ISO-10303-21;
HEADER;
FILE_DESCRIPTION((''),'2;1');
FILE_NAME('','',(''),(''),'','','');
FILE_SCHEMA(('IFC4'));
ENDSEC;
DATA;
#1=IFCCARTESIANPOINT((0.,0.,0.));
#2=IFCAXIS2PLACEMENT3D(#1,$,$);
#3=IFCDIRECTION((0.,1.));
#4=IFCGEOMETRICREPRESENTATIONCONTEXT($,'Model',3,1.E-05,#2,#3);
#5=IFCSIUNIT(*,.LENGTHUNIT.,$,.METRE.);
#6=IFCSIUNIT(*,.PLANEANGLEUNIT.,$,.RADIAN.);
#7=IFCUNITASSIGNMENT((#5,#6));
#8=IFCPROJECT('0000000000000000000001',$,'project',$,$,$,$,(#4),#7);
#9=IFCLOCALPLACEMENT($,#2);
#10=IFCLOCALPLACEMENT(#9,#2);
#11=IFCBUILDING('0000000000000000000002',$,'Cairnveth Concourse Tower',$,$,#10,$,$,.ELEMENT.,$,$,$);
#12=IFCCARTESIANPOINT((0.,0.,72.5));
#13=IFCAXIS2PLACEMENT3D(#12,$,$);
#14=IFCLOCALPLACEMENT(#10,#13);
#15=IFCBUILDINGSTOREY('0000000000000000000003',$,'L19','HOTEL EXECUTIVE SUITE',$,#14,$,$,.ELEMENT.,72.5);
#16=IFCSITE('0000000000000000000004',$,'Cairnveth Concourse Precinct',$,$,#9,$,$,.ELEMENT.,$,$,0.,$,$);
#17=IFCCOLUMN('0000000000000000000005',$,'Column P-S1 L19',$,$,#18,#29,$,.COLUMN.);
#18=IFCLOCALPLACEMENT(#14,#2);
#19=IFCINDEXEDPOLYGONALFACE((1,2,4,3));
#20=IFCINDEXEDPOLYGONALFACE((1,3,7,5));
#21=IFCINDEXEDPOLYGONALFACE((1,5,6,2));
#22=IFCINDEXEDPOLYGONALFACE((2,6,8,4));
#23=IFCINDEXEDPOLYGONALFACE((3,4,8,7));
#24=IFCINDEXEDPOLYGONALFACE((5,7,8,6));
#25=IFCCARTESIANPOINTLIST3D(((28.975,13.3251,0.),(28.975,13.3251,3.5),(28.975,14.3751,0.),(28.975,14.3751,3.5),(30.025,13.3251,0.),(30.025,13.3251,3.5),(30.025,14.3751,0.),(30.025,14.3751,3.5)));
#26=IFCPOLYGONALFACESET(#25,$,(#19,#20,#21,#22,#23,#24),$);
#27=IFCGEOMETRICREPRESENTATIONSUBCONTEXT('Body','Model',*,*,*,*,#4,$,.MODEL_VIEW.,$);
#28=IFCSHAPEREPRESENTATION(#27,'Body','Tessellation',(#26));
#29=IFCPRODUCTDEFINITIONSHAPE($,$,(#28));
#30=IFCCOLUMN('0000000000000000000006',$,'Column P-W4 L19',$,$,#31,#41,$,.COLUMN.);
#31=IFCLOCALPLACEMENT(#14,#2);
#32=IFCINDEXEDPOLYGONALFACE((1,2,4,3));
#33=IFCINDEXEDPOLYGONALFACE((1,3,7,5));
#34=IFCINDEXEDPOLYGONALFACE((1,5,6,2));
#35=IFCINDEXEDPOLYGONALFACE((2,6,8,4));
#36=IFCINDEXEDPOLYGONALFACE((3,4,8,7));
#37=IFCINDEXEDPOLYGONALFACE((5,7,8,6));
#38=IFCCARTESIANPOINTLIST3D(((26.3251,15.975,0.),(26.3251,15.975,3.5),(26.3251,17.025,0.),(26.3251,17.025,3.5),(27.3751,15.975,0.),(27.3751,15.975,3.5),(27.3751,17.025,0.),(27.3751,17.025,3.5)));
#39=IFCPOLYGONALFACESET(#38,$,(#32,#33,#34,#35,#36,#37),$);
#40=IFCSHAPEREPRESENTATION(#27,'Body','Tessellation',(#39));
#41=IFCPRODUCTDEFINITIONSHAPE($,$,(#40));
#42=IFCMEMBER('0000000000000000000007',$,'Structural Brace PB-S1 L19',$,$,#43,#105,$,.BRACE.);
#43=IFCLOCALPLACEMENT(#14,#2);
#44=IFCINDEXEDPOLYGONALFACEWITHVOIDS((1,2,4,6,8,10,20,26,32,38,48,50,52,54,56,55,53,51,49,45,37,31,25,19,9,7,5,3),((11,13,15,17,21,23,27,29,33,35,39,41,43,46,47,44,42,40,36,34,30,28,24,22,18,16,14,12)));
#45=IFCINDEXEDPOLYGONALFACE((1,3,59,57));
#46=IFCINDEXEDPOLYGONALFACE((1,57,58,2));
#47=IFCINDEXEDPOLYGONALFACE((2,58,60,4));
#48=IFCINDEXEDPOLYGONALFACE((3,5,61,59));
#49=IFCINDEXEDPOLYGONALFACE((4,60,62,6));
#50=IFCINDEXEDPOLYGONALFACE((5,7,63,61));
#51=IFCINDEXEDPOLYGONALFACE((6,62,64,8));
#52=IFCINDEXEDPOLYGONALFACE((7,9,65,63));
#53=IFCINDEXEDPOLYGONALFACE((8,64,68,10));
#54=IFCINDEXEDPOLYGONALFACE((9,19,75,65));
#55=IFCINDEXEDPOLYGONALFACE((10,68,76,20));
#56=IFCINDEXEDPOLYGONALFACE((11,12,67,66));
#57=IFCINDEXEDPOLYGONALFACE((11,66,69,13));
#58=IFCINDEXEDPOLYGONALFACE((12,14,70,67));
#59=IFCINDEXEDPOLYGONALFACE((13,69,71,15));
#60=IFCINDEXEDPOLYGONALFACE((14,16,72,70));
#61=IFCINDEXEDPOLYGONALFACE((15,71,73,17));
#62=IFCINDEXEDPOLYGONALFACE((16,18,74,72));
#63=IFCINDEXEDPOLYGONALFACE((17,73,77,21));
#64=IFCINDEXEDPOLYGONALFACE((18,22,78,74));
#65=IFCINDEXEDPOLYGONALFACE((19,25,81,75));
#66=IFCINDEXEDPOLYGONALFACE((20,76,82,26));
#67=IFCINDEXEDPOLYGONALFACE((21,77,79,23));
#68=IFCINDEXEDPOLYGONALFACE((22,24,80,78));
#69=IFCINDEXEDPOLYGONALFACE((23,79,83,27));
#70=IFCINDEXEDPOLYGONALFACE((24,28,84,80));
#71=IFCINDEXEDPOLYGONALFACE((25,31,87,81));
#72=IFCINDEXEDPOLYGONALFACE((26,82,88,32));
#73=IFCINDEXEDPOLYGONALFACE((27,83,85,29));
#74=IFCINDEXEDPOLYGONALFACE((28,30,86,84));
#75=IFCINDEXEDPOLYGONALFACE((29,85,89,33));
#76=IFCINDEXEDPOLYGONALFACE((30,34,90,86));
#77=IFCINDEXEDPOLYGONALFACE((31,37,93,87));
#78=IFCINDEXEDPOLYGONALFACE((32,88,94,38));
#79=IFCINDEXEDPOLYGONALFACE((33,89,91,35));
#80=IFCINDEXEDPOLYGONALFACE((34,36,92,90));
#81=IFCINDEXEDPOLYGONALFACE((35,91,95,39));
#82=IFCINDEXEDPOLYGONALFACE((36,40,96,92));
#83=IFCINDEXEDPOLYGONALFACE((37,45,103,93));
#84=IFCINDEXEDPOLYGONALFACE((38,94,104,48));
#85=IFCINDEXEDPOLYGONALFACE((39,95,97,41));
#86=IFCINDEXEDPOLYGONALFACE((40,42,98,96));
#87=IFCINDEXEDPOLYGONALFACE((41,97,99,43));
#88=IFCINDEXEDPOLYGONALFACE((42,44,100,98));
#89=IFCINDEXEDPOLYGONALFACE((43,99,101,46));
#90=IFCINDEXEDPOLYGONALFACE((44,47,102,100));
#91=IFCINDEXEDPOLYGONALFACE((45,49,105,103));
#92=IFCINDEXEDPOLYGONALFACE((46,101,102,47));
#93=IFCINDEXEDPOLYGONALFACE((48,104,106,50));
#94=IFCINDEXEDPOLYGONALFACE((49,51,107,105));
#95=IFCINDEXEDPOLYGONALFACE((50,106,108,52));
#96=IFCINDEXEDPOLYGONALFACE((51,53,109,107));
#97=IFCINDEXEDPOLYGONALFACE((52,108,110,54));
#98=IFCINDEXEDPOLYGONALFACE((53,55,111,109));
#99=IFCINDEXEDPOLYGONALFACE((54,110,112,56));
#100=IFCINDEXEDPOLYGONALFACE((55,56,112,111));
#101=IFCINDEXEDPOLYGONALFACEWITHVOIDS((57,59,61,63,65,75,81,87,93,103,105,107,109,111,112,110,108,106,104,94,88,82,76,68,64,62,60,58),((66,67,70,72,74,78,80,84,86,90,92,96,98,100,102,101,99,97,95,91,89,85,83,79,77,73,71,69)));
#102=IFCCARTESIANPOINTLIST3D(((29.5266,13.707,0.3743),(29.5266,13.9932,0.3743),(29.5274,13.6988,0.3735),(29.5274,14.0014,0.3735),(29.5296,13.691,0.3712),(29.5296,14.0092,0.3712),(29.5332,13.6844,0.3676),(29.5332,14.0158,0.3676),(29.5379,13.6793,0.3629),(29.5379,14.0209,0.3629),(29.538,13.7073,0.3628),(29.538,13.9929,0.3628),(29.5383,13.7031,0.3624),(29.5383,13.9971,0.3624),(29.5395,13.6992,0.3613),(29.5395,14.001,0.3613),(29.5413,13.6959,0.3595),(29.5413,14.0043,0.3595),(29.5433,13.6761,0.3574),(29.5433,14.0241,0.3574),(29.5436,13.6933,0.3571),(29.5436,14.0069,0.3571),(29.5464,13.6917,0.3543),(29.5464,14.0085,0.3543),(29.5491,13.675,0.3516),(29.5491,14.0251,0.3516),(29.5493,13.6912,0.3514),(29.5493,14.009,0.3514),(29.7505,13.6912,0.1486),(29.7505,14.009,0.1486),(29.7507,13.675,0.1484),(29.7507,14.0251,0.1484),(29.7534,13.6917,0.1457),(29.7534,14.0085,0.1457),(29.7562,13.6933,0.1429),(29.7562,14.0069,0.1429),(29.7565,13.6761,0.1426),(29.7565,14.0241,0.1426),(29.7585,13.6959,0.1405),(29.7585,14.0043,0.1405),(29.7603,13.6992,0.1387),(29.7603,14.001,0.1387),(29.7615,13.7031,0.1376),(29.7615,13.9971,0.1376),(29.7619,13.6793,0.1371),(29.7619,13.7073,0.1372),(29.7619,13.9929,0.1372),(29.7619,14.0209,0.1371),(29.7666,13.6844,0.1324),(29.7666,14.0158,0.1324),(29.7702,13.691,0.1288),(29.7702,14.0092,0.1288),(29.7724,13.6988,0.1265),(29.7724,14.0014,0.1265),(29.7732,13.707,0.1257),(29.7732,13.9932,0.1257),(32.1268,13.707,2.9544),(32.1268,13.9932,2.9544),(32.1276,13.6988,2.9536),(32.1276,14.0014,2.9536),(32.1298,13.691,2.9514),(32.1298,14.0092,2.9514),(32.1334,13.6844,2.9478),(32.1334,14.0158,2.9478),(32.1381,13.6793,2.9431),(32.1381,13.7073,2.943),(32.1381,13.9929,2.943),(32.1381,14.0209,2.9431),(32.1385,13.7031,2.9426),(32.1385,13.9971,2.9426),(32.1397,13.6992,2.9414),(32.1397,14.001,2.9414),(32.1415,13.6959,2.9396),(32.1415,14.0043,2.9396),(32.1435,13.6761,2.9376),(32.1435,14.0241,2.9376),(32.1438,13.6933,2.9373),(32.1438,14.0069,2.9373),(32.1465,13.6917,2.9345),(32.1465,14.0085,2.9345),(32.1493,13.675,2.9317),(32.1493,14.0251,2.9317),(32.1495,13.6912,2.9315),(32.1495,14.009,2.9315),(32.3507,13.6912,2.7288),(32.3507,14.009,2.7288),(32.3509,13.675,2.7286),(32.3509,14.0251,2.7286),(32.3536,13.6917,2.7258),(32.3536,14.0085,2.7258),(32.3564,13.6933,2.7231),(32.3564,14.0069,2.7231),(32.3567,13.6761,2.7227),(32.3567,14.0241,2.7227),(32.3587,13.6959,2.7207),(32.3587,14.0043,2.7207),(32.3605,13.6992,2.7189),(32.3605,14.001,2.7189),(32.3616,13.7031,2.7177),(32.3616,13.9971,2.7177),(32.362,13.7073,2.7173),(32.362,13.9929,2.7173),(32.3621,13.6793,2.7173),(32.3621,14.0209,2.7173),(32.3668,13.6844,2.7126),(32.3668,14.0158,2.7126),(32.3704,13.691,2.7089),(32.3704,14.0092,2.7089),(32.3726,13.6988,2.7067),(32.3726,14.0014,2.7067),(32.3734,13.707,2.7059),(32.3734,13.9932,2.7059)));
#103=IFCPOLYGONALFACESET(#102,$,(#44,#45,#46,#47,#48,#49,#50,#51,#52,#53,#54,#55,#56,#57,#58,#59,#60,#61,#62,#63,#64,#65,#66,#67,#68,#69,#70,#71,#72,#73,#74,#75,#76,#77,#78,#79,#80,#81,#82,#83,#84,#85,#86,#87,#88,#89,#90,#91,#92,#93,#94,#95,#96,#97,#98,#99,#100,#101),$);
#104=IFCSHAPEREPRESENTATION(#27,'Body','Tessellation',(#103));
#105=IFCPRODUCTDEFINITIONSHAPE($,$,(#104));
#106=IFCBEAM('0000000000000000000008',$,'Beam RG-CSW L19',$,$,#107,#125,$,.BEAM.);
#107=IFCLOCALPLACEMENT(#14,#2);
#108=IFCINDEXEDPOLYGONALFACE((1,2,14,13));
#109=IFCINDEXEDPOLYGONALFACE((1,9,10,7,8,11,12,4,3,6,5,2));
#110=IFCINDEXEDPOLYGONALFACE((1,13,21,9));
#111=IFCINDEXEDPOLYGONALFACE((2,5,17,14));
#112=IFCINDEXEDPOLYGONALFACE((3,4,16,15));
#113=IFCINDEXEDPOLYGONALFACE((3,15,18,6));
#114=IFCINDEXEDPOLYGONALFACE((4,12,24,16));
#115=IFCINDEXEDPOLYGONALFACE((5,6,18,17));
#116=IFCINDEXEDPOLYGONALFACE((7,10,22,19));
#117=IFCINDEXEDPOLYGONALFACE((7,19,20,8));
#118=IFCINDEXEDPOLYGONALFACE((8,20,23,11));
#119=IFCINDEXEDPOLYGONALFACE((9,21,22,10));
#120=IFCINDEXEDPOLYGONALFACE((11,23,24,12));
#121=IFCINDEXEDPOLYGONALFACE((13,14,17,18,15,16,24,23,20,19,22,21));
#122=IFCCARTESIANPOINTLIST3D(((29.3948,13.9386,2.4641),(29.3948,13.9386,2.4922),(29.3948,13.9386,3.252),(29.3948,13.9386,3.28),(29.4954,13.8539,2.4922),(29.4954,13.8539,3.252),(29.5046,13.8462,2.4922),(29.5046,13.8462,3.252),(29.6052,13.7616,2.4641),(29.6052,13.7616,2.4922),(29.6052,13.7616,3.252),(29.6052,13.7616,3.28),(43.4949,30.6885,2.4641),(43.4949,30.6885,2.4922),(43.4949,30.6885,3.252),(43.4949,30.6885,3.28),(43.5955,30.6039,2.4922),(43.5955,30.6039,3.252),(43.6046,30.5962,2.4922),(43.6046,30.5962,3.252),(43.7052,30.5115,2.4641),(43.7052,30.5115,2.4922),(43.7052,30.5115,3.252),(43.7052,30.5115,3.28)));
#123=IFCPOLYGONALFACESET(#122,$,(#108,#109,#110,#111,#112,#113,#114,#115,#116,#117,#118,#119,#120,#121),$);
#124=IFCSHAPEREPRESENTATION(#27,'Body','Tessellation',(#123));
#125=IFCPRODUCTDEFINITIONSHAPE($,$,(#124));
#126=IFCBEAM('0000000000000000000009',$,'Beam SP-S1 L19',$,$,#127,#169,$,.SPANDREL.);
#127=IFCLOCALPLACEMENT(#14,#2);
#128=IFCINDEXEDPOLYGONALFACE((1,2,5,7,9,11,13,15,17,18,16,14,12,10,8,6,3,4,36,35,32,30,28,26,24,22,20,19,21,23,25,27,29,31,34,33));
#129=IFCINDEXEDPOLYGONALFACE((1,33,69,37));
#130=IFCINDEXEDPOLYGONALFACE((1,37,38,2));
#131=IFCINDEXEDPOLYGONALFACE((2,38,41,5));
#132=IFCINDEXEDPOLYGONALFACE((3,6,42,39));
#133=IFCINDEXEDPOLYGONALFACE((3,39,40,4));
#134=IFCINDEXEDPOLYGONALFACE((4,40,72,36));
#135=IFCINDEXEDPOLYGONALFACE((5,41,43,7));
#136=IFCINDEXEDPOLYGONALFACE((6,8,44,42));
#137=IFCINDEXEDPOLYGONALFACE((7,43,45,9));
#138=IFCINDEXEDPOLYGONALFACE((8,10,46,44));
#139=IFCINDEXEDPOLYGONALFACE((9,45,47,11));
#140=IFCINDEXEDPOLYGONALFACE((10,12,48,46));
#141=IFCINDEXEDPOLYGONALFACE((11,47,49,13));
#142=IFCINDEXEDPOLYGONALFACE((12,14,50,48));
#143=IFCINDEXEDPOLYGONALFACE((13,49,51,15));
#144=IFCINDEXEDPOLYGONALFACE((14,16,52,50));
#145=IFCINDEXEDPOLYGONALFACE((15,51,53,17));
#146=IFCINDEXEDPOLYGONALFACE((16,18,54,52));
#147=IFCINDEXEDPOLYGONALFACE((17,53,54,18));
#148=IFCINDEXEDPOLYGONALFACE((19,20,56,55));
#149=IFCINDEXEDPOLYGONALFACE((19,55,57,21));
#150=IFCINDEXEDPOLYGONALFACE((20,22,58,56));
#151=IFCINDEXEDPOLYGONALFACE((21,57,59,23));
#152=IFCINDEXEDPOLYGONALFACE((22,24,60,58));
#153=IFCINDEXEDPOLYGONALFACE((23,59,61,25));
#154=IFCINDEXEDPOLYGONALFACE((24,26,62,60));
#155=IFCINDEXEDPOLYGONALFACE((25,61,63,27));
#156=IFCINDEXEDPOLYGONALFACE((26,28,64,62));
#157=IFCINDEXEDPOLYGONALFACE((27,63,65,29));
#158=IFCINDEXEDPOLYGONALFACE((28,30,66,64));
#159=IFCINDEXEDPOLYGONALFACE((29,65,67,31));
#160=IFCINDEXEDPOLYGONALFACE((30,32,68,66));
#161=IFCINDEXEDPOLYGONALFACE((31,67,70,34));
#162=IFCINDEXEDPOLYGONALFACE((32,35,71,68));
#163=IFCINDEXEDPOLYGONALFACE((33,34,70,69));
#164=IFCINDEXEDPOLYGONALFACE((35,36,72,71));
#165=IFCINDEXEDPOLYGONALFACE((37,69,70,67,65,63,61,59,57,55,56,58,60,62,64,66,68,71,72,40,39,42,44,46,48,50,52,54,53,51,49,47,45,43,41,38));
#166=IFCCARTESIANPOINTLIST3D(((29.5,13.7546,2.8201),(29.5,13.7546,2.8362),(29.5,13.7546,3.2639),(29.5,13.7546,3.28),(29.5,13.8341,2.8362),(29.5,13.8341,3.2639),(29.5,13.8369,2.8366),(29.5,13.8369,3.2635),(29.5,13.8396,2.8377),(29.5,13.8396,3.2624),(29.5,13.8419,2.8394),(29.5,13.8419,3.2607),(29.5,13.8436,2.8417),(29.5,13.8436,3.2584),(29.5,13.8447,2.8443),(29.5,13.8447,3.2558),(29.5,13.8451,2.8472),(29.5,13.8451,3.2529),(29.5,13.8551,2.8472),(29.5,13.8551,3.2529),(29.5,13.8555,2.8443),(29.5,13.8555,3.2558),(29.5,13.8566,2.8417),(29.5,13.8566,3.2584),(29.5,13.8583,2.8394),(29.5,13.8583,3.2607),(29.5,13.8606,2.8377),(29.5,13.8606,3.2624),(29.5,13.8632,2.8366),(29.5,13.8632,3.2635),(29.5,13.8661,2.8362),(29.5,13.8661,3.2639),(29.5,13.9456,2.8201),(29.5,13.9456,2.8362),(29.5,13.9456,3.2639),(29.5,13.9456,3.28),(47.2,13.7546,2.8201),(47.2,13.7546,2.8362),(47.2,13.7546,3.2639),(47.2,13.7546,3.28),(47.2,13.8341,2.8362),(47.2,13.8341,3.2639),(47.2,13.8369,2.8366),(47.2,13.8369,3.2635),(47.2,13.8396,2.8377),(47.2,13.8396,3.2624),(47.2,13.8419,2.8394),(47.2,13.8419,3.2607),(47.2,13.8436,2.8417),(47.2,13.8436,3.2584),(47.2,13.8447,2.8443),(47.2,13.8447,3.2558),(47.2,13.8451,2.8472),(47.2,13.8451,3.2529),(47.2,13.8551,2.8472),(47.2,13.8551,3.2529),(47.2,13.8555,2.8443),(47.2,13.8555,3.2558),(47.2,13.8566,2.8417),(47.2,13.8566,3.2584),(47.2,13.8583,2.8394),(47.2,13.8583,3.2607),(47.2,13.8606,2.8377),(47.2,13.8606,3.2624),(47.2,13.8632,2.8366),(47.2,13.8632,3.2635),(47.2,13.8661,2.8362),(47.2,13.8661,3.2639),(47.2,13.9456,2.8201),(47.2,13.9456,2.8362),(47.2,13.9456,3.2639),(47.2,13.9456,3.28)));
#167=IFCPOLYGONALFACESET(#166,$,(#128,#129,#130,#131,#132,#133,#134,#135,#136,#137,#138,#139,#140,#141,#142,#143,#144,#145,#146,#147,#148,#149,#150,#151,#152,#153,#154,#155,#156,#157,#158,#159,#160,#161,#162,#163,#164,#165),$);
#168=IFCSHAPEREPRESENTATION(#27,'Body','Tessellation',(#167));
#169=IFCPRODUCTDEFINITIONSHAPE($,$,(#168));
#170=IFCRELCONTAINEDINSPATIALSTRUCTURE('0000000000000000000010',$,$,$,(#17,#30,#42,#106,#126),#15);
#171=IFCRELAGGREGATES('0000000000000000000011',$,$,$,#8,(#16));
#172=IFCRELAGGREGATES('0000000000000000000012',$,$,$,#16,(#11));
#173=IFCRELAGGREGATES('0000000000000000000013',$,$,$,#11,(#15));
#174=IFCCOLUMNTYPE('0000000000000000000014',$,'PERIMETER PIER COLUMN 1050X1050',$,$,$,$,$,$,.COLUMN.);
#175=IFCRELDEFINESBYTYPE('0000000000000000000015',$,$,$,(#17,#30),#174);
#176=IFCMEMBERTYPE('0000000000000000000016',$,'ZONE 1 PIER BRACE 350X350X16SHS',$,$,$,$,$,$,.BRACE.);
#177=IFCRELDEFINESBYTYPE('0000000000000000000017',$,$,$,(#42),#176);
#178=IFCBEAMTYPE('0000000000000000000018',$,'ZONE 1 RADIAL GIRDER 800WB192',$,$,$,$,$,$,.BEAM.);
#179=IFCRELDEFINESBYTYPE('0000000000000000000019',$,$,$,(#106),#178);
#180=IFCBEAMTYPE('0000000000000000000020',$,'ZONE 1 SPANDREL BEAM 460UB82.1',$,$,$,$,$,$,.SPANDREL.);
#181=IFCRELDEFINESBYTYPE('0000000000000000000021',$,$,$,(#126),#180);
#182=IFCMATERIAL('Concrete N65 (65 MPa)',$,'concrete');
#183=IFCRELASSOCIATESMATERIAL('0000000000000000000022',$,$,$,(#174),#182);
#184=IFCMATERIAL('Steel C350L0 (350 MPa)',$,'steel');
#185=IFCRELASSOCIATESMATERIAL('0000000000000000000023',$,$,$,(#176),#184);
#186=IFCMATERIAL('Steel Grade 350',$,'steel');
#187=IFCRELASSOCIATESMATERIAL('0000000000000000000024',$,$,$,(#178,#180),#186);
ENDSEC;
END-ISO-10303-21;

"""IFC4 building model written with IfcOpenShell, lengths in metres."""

from ifc_helpers import new_model, si_unit, direction, frame, origin, origin_2d, place, context, subcontext, project, spatial, rectangle, hollow_rectangle, i_section, extrude, material, material_profile, profile_set, type_object, element, save


model = new_model("IFC4")

# Units and contexts
model_context = context("Model", 3, precision=1e-05, world=origin(), true_north=direction((0.0, 1.0)))
body_context = subcontext(model_context, "Body", "Model", "MODEL_VIEW")
ifc_project = project(units=[si_unit("LENGTHUNIT", "METRE"), si_unit("PLANEANGLEUNIT", "RADIAN")], contexts=[model_context])

# Site, building, storey
site_placement = place(None, origin())
site = spatial("IfcSite", under=ifc_project, at=site_placement, Name="Cairnveth Concourse Precinct", CompositionType="ELEMENT", RefElevation=0.0)
building_placement = place(site_placement, origin())
building = spatial("IfcBuilding", under=site, at=building_placement, Name="Cairnveth Concourse Tower", CompositionType="ELEMENT")
storey_placement = place(building_placement, frame((0.0, 0.0, 72.5)))
storey = spatial("IfcBuildingStorey", under=building, at=storey_placement, Name="L19", Description="HOTEL EXECUTIVE SUITE", CompositionType="ELEMENT", Elevation=72.5)

# Columns
ifc_material_1 = material(Name="Concrete N65 (65 MPa)", Category="concrete")
ifc_material_profile_1 = material_profile(ifc_material_1, rectangle(XDim=1.05, YDim=1.05, at=origin_2d()), Name="RC-COL-1050x1050")
ifc_profile_set_1 = profile_set([ifc_material_profile_1], Name="Concrete N65 (65 MPa)")
column_type = type_object("IfcColumnType", Name="PERIMETER PIER COLUMN 1050X1050", PredefinedType="COLUMN", material=ifc_profile_set_1)
for number, where, z_axis, x_axis, name in (
    (1, (29.5, 13.8501, 0.0), (0.0, 0.0, 1.0), (1.0, 0.0, 0.0), "Column P-S1 L19"),
    (2, (26.8501, 16.5, 0.0), (0.0, 0.0, 1.0), (0.0, 1.0, 0.0), "Column P-W4 L19"),
):
    element("IfcColumn", number, at=place(storey_placement, frame(where, z_axis=z_axis, x_axis=x_axis)), inside=storey, type_object=column_type, Name=name, PredefinedType="COLUMN", context=body_context, shape_type="SweptSolid", body=[
        extrude(rectangle(XDim=1.05, YDim=1.05, at=origin_2d()), origin(), (0.0, 0.0, 1.0), 3.5),
    ])

# Member
ifc_material_2 = material(Name="Steel C350L0 (350 MPa)", Category="steel")
ifc_material_profile_2 = material_profile(ifc_material_2, hollow_rectangle(XDim=0.3501, YDim=0.3501, WallThickness=0.0161, InnerFilletRadius=0.0161, OuterFilletRadius=0.032, at=origin_2d()), Name="350x350x16.0SHS")
ifc_profile_set_2 = profile_set([ifc_material_profile_2], Name="Steel C350L0 (350 MPa)")
member_type = type_object("IfcMemberType", Name="ZONE 1 PIER BRACE 350X350X16SHS", PredefinedType="BRACE", material=ifc_profile_set_2)
member_placement = place(storey_placement, frame((29.6499, 13.8501, 0.25), z_axis=(0.709834, 0.0, 0.704369), x_axis=(0.0, 1.0, 0.0)))
element("IfcMember", 3, at=member_placement, inside=storey, type_object=member_type, Name="Structural Brace PB-S1 L19", PredefinedType="BRACE", context=body_context, shape_type="SweptSolid", body=[
    extrude(hollow_rectangle(XDim=0.3501, YDim=0.3501, WallThickness=0.0161, InnerFilletRadius=0.0161, OuterFilletRadius=0.032, at=origin_2d()), origin(), (0.0, 0.0, 1.0), 3.6631),
])

# Beams
ifc_material_3 = material(Name="Steel Grade 350", Category="steel")
ifc_material_profile_3 = material_profile(ifc_material_3, i_section(OverallWidth=0.2749, OverallDepth=0.8159, WebThickness=0.012, FlangeThickness=0.0281, at=origin_2d()), Name="800WB192")
ifc_profile_set_3 = profile_set([ifc_material_profile_3], Name="Steel Grade 350")
beam_type_1 = type_object("IfcBeamType", Name="ZONE 1 RADIAL GIRDER 800WB192", PredefinedType="BEAM", material=ifc_profile_set_3)
beam_placement = place(storey_placement, frame((29.5, 13.8501, 2.8721), z_axis=(0.643998, 0.765027, 0.0), x_axis=(-0.765027, 0.643998, 0.0)))
element("IfcBeam", 4, at=beam_placement, inside=storey, type_object=beam_type_1, Name="Beam RG-CSW L19", PredefinedType="BEAM", context=body_context, shape_type="SweptSolid", body=[
    extrude(i_section(OverallWidth=0.2749, OverallDepth=0.8159, WebThickness=0.012, FlangeThickness=0.0281, at=origin_2d()), origin(), (0.0, 0.0, 1.0), 21.8945),
])
ifc_material_profile_4 = material_profile(ifc_material_3, i_section(OverallWidth=0.1909, OverallDepth=0.46, WebThickness=0.01, FlangeThickness=0.0161, FilletRadius=0.011, at=origin_2d()), Name="460UB82.1")
ifc_profile_set_4 = profile_set([ifc_material_profile_4], Name="Steel Grade 350")
beam_type_2 = type_object("IfcBeamType", Name="ZONE 1 SPANDREL BEAM 460UB82.1", PredefinedType="SPANDREL", material=ifc_profile_set_4)
for number, where, z_axis, x_axis, name in (
    (5, (29.5, 13.8501, 3.05), (1.0, 0.0, 0.0), (0.0, 1.0, 0.0), "Beam SP-S1 L19"),
):
    element("IfcBeam", number, at=place(storey_placement, frame(where, z_axis=z_axis, x_axis=x_axis)), inside=storey, type_object=beam_type_2, Name=name, PredefinedType="SPANDREL", context=body_context, shape_type="SweptSolid", body=[
        extrude(i_section(OverallWidth=0.1909, OverallDepth=0.46, WebThickness=0.01, FlangeThickness=0.0161, FilletRadius=0.011, at=origin_2d()), origin(), (0.0, 0.0, 1.0), 17.7),
    ])

save(model, "model.ifc")
